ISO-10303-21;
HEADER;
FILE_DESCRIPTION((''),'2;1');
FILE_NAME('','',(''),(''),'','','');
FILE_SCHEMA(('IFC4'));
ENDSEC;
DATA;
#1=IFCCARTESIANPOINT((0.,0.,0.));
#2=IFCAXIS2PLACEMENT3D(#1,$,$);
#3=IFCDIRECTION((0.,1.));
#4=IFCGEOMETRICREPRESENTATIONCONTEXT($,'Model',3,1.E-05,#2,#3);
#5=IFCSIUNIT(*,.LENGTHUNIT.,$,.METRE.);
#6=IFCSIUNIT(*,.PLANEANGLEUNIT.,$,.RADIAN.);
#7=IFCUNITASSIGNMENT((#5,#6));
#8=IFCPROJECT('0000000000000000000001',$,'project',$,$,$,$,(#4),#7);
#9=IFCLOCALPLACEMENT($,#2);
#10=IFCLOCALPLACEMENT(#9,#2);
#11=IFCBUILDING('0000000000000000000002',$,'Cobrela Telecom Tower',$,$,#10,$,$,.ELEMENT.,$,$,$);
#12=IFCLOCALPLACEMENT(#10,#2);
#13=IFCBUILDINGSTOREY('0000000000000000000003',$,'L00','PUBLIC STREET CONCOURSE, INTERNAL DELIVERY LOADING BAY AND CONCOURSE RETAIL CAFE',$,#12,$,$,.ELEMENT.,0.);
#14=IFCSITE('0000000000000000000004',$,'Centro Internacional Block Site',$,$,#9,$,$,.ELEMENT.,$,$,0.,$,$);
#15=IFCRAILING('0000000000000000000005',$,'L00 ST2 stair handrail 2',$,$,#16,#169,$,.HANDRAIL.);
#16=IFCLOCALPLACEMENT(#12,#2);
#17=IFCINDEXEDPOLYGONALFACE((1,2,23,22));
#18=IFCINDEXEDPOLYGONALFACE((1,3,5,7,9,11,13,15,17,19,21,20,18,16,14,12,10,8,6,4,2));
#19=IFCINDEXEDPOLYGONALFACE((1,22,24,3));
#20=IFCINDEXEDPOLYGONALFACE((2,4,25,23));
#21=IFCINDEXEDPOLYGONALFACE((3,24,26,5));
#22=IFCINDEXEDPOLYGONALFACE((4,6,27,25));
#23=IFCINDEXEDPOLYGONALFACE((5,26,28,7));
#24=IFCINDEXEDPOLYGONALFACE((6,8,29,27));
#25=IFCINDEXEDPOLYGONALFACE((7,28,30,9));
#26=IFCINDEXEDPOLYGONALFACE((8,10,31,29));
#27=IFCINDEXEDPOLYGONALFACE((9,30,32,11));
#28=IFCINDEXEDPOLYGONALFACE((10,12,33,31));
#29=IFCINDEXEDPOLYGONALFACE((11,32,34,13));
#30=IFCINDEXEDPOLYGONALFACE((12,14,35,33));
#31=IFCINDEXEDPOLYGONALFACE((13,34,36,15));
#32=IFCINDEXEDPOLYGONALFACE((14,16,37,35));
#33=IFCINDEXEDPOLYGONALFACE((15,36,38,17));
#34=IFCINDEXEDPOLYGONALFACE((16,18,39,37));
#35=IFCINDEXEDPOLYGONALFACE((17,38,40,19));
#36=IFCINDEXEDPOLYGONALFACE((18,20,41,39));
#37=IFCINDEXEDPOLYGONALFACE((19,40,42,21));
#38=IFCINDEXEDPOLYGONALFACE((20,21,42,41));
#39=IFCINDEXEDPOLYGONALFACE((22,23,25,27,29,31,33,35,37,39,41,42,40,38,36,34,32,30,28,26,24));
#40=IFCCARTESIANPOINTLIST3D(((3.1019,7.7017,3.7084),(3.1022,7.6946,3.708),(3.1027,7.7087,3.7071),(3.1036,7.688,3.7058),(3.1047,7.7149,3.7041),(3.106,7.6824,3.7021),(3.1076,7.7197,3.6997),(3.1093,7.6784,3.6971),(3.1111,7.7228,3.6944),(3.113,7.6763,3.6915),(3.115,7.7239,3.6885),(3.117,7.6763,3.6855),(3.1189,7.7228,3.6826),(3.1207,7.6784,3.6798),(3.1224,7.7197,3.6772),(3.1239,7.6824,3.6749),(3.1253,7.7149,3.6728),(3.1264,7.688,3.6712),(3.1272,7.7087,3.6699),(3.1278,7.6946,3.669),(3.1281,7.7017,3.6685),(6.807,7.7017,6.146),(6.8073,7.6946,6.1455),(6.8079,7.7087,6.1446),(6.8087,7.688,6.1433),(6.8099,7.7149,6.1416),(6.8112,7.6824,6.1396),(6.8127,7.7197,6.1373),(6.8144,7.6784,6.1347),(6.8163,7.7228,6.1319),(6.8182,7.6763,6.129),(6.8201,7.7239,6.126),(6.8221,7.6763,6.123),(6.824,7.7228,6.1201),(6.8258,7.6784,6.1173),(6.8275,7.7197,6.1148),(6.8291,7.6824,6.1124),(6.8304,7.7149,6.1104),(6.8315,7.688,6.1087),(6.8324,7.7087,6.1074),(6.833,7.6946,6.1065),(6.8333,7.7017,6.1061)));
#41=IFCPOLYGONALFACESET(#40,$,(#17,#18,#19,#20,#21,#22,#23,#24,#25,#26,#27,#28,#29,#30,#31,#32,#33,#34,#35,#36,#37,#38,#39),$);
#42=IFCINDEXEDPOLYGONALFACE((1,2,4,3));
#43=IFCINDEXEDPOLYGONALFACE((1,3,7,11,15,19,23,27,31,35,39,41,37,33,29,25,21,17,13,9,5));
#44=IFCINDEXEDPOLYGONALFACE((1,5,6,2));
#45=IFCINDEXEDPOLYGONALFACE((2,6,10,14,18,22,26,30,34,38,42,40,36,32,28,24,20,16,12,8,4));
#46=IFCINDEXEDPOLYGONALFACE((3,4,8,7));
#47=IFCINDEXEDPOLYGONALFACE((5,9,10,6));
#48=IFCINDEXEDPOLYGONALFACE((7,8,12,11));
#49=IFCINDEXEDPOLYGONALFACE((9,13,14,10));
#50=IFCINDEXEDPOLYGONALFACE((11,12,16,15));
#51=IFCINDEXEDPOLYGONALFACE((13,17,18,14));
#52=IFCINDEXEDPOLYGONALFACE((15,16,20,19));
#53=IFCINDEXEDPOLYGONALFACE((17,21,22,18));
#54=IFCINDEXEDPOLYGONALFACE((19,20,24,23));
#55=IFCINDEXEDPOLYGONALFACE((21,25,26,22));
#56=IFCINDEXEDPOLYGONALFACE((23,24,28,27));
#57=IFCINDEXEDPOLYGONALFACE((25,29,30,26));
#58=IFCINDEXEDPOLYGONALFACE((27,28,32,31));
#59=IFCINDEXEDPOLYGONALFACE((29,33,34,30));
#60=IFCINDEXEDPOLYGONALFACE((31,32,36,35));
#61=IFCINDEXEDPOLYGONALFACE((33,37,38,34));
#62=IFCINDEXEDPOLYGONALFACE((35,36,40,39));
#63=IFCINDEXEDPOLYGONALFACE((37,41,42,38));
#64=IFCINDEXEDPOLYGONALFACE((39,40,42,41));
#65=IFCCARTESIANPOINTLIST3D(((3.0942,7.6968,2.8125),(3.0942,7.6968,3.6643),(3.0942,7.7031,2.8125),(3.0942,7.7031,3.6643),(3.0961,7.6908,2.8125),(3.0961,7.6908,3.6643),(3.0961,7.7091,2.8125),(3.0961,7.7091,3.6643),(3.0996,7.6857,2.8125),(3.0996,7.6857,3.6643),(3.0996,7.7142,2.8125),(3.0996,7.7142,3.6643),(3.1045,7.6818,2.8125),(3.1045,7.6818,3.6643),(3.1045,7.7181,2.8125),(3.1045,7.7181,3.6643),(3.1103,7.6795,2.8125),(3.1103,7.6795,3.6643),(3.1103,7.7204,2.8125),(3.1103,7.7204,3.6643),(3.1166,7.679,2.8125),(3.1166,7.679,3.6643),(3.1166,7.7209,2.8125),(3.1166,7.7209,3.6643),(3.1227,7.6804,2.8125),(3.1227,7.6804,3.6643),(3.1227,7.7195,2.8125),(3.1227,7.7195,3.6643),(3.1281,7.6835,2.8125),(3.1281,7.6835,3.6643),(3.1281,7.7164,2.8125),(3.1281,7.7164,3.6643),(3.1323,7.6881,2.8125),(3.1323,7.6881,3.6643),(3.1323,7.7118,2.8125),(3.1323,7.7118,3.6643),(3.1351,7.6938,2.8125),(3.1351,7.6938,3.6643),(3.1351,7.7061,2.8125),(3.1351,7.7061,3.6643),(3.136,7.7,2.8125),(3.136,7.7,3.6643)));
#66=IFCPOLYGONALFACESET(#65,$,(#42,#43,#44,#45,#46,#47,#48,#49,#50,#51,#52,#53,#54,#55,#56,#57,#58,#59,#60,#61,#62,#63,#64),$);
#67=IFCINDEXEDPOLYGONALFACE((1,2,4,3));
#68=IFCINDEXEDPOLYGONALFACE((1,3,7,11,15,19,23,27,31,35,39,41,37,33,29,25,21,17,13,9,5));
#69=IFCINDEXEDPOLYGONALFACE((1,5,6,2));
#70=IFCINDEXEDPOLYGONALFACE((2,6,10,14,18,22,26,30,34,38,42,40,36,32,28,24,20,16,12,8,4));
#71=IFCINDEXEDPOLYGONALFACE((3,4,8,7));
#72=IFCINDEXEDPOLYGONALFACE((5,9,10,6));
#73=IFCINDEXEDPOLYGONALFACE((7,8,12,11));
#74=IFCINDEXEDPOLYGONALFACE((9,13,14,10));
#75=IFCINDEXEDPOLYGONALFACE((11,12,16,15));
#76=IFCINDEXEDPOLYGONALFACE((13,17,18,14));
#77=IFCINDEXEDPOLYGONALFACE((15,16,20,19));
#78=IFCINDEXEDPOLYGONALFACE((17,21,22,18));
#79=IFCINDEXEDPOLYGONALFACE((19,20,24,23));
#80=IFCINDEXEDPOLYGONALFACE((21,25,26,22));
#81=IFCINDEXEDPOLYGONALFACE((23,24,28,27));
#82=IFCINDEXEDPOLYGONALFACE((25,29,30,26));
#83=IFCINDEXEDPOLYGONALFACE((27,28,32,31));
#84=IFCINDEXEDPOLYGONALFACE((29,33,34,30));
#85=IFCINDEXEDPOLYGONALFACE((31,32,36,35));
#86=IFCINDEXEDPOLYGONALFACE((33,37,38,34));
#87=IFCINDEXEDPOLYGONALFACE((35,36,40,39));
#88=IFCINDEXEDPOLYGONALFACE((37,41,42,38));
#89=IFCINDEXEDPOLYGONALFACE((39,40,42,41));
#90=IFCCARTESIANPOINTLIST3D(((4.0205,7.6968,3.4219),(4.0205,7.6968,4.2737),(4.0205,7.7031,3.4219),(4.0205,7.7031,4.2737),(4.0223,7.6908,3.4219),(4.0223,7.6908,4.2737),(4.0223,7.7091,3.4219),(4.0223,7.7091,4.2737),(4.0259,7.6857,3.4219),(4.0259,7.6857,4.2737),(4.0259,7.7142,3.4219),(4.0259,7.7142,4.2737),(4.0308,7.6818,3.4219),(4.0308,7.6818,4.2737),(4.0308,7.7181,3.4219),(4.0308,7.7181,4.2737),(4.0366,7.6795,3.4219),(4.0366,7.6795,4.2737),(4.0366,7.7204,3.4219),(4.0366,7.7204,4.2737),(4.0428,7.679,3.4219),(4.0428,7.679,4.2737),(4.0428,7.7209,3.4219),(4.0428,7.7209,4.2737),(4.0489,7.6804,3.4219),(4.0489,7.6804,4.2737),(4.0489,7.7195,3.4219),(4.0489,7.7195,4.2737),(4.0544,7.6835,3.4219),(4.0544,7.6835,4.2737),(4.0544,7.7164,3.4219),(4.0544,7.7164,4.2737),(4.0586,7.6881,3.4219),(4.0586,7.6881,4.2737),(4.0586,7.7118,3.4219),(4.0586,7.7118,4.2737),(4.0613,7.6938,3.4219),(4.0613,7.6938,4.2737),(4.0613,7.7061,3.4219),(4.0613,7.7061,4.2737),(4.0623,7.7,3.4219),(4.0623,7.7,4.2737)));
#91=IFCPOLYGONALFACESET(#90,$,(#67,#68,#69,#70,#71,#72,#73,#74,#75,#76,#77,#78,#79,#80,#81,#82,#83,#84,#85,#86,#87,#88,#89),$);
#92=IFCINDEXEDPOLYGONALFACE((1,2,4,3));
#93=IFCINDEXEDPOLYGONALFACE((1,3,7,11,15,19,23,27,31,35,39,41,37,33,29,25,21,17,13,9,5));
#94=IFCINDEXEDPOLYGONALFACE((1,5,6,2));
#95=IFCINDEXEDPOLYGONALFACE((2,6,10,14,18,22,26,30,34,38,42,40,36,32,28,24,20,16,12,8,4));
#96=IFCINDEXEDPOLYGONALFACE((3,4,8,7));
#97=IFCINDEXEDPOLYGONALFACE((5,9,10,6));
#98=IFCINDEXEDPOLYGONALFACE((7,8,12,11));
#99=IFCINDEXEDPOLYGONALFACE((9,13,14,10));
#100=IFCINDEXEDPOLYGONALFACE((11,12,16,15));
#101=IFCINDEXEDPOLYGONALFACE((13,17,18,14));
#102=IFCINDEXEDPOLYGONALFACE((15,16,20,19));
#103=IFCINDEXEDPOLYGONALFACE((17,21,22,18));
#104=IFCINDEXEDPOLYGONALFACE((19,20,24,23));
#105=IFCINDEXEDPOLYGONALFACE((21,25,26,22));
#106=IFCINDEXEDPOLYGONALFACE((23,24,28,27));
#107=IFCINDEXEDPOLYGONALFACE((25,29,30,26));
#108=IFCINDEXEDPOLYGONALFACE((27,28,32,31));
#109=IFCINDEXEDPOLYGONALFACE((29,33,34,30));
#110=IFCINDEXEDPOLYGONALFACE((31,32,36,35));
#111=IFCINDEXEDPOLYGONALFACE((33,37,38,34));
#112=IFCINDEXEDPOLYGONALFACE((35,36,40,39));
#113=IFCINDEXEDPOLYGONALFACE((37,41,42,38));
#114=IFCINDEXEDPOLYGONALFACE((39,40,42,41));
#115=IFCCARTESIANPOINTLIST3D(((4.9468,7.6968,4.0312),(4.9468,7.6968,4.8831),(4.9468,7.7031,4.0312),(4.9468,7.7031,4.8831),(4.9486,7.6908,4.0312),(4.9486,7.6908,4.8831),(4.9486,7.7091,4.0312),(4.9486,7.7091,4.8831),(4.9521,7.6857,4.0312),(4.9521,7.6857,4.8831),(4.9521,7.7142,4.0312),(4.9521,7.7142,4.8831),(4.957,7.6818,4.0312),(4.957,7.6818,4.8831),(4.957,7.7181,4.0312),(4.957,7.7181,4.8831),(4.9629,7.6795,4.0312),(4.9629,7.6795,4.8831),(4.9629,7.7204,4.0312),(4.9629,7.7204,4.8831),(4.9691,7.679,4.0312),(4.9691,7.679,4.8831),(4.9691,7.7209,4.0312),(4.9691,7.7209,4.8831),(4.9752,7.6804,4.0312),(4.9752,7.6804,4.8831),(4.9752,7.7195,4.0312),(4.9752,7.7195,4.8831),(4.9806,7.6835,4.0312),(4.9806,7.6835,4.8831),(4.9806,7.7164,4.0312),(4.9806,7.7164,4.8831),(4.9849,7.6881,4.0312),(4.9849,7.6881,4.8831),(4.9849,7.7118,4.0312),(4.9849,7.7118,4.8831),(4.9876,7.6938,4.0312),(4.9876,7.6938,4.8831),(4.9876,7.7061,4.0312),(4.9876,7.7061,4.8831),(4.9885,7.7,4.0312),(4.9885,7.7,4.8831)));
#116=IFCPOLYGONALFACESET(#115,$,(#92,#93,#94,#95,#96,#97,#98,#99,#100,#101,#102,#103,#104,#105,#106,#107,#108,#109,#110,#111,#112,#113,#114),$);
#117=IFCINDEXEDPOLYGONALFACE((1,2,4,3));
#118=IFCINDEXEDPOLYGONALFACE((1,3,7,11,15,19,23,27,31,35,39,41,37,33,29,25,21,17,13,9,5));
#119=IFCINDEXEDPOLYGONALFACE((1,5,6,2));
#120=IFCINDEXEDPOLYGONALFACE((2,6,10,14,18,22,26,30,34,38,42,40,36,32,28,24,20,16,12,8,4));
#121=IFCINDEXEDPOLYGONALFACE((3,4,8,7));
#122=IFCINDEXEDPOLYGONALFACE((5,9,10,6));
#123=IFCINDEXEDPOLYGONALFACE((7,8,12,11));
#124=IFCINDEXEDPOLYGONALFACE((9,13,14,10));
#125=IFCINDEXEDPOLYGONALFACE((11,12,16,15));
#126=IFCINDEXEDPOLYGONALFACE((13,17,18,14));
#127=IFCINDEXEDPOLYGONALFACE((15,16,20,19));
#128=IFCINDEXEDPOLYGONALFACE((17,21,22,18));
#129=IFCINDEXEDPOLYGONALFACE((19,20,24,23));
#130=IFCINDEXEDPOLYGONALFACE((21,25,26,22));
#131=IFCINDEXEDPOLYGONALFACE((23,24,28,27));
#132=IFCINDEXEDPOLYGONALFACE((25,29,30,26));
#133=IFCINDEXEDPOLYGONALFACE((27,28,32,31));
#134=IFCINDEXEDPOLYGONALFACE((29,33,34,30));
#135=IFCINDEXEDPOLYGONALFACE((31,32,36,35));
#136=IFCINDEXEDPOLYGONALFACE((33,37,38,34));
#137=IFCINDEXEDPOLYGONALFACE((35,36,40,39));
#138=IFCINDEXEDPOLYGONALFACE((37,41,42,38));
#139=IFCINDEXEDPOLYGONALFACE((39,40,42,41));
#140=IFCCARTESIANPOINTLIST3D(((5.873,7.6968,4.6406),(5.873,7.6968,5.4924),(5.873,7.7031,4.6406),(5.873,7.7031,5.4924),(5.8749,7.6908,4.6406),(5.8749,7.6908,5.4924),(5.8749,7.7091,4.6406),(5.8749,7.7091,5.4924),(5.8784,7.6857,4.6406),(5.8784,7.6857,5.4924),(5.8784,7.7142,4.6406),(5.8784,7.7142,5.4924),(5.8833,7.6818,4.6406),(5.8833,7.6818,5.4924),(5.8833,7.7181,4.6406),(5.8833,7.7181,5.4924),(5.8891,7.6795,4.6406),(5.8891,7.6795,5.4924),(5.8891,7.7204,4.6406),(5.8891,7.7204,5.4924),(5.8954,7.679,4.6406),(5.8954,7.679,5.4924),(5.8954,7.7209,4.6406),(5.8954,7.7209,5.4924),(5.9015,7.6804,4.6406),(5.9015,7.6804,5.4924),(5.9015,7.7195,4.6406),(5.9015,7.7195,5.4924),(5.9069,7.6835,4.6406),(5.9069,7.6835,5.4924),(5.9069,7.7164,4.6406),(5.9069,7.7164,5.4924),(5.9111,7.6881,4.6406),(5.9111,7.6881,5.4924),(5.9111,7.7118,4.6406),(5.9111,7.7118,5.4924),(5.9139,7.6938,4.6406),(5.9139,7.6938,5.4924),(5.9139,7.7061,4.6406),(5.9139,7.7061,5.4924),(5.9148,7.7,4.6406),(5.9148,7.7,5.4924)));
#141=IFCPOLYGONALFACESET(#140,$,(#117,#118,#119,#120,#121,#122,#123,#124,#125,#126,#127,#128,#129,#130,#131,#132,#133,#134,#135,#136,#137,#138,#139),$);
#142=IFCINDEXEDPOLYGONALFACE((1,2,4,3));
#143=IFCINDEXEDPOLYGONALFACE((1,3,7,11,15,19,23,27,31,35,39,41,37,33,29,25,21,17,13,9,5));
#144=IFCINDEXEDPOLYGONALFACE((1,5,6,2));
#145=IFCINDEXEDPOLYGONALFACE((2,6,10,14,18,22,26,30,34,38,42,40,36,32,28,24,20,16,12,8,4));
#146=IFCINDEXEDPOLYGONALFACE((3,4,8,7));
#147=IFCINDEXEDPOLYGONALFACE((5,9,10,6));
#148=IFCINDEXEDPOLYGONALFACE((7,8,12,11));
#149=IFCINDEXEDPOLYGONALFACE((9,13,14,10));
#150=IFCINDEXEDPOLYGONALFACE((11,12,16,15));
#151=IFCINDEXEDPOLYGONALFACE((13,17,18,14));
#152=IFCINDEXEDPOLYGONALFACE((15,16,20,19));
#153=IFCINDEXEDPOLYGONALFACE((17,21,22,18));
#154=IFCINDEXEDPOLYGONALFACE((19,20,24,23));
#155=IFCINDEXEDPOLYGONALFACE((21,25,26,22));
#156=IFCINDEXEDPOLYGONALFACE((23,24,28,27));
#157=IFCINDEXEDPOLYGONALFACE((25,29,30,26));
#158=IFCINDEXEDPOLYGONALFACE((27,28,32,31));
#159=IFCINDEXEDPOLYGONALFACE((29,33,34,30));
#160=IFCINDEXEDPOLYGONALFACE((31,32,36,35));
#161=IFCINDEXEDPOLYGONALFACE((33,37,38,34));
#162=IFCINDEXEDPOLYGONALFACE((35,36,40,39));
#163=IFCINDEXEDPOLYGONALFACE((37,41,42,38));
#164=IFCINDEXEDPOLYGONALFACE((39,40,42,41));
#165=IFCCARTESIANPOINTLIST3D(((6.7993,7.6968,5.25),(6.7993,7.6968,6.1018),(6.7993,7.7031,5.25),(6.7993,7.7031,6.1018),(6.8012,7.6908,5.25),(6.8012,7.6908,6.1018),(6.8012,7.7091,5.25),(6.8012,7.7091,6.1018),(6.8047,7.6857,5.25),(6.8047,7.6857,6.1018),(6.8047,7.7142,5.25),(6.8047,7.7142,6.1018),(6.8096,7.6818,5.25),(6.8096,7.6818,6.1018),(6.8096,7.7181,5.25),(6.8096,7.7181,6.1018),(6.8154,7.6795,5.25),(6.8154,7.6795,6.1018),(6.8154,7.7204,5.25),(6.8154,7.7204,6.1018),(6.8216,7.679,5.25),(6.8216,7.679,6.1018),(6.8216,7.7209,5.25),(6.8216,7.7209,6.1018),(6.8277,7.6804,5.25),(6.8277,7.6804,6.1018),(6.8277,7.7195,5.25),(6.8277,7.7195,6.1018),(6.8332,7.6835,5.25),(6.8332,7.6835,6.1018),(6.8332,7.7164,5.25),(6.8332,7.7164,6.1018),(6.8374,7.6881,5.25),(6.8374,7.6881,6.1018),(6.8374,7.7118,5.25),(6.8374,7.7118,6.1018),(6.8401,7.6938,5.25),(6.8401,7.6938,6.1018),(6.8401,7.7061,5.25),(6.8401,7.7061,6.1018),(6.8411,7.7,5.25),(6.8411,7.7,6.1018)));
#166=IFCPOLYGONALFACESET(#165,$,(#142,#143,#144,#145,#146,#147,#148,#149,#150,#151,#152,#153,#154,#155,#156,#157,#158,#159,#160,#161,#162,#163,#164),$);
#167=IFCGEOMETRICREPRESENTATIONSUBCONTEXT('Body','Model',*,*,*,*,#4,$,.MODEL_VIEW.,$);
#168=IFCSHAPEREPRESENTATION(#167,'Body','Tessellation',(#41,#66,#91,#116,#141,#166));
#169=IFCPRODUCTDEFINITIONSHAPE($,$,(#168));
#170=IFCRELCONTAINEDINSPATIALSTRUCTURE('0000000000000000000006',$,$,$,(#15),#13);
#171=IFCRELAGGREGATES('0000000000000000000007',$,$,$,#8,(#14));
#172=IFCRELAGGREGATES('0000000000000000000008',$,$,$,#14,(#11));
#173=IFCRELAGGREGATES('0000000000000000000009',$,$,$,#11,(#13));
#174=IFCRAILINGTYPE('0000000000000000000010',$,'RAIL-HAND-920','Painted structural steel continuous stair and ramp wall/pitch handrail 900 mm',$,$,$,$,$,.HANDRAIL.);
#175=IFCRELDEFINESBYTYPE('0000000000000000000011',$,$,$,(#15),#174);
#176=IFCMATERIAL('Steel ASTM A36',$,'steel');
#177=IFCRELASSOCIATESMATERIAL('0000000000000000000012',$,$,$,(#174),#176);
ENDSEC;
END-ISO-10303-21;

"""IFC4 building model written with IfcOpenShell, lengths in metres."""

from ifc_helpers import new_model, si_unit, direction, frame, origin, origin_2d, place, context, subcontext, project, spatial, circle, extrude, material, type_object, element, save


model = new_model("IFC4")

# Units and contexts
model_context = context("Model", 3, precision=1e-05, world=origin(), true_north=direction((0.0, 1.0)))
body_context = subcontext(model_context, "Body", "Model", "MODEL_VIEW")
ifc_project = project(units=[si_unit("LENGTHUNIT", "METRE"), si_unit("PLANEANGLEUNIT", "RADIAN")], contexts=[model_context])

# Site, building, storey
site_placement = place(None, origin())
site = spatial("IfcSite", under=ifc_project, at=site_placement, Name="Centro Internacional Block Site", CompositionType="ELEMENT", RefElevation=0.0)
building_placement = place(site_placement, origin())
building = spatial("IfcBuilding", under=site, at=building_placement, Name="Cobrela Telecom Tower", CompositionType="ELEMENT")
storey_placement = place(building_placement, origin())
storey = spatial("IfcBuildingStorey", under=building, at=storey_placement, Name="L00", Description="PUBLIC STREET CONCOURSE, INTERNAL DELIVERY LOADING BAY AND CONCOURSE RETAIL CAFE", CompositionType="ELEMENT", Elevation=0.0)

# Shared definitions
ifc_material_1 = material(Name="Steel ASTM A36", Category="steel")

# Railing
railing_type_1 = type_object("IfcRailingType", Name="RAIL-HAND-920", Description="Painted structural steel continuous stair and ramp wall/pitch handrail 900 mm", PredefinedType="HANDRAIL", material=ifc_material_1)
railing_1_placement = place(storey_placement, frame((3.115, 7.7, 2.8125)))
element("IfcRailing", 1, at=railing_1_placement, inside=storey, type_object=railing_type_1, Name="L00 ST2 stair handrail 2", PredefinedType="HANDRAIL", context=body_context, shape_type="SweptSolid", body=[
    extrude(circle(Radius=0.0239, at=origin_2d()), frame((0.0, 0.0, 0.876), z_axis=(0.835422, 0.0, 0.549608), x_axis=(0.0, 1.0, 0.0)), (0.0, 0.0, 1.0), 4.4351),
    extrude(circle(Radius=0.021, at=origin_2d()), origin(), (0.0, 0.0, 1.0), 0.8518),
    extrude(circle(Radius=0.021, at=origin_2d()), frame((0.9263, 0.0, 0.6094)), (0.0, 0.0, 1.0), 0.8518),
    extrude(circle(Radius=0.021, at=origin_2d()), frame((1.8525, 0.0, 1.2188)), (0.0, 0.0, 1.0), 0.8518),
    extrude(circle(Radius=0.021, at=origin_2d()), frame((2.7788, 0.0, 1.8281)), (0.0, 0.0, 1.0), 0.8518),
    extrude(circle(Radius=0.021, at=origin_2d()), frame((3.7051, 0.0, 2.4375)), (0.0, 0.0, 1.0), 0.8518),
])

save(model, "model.ifc")
